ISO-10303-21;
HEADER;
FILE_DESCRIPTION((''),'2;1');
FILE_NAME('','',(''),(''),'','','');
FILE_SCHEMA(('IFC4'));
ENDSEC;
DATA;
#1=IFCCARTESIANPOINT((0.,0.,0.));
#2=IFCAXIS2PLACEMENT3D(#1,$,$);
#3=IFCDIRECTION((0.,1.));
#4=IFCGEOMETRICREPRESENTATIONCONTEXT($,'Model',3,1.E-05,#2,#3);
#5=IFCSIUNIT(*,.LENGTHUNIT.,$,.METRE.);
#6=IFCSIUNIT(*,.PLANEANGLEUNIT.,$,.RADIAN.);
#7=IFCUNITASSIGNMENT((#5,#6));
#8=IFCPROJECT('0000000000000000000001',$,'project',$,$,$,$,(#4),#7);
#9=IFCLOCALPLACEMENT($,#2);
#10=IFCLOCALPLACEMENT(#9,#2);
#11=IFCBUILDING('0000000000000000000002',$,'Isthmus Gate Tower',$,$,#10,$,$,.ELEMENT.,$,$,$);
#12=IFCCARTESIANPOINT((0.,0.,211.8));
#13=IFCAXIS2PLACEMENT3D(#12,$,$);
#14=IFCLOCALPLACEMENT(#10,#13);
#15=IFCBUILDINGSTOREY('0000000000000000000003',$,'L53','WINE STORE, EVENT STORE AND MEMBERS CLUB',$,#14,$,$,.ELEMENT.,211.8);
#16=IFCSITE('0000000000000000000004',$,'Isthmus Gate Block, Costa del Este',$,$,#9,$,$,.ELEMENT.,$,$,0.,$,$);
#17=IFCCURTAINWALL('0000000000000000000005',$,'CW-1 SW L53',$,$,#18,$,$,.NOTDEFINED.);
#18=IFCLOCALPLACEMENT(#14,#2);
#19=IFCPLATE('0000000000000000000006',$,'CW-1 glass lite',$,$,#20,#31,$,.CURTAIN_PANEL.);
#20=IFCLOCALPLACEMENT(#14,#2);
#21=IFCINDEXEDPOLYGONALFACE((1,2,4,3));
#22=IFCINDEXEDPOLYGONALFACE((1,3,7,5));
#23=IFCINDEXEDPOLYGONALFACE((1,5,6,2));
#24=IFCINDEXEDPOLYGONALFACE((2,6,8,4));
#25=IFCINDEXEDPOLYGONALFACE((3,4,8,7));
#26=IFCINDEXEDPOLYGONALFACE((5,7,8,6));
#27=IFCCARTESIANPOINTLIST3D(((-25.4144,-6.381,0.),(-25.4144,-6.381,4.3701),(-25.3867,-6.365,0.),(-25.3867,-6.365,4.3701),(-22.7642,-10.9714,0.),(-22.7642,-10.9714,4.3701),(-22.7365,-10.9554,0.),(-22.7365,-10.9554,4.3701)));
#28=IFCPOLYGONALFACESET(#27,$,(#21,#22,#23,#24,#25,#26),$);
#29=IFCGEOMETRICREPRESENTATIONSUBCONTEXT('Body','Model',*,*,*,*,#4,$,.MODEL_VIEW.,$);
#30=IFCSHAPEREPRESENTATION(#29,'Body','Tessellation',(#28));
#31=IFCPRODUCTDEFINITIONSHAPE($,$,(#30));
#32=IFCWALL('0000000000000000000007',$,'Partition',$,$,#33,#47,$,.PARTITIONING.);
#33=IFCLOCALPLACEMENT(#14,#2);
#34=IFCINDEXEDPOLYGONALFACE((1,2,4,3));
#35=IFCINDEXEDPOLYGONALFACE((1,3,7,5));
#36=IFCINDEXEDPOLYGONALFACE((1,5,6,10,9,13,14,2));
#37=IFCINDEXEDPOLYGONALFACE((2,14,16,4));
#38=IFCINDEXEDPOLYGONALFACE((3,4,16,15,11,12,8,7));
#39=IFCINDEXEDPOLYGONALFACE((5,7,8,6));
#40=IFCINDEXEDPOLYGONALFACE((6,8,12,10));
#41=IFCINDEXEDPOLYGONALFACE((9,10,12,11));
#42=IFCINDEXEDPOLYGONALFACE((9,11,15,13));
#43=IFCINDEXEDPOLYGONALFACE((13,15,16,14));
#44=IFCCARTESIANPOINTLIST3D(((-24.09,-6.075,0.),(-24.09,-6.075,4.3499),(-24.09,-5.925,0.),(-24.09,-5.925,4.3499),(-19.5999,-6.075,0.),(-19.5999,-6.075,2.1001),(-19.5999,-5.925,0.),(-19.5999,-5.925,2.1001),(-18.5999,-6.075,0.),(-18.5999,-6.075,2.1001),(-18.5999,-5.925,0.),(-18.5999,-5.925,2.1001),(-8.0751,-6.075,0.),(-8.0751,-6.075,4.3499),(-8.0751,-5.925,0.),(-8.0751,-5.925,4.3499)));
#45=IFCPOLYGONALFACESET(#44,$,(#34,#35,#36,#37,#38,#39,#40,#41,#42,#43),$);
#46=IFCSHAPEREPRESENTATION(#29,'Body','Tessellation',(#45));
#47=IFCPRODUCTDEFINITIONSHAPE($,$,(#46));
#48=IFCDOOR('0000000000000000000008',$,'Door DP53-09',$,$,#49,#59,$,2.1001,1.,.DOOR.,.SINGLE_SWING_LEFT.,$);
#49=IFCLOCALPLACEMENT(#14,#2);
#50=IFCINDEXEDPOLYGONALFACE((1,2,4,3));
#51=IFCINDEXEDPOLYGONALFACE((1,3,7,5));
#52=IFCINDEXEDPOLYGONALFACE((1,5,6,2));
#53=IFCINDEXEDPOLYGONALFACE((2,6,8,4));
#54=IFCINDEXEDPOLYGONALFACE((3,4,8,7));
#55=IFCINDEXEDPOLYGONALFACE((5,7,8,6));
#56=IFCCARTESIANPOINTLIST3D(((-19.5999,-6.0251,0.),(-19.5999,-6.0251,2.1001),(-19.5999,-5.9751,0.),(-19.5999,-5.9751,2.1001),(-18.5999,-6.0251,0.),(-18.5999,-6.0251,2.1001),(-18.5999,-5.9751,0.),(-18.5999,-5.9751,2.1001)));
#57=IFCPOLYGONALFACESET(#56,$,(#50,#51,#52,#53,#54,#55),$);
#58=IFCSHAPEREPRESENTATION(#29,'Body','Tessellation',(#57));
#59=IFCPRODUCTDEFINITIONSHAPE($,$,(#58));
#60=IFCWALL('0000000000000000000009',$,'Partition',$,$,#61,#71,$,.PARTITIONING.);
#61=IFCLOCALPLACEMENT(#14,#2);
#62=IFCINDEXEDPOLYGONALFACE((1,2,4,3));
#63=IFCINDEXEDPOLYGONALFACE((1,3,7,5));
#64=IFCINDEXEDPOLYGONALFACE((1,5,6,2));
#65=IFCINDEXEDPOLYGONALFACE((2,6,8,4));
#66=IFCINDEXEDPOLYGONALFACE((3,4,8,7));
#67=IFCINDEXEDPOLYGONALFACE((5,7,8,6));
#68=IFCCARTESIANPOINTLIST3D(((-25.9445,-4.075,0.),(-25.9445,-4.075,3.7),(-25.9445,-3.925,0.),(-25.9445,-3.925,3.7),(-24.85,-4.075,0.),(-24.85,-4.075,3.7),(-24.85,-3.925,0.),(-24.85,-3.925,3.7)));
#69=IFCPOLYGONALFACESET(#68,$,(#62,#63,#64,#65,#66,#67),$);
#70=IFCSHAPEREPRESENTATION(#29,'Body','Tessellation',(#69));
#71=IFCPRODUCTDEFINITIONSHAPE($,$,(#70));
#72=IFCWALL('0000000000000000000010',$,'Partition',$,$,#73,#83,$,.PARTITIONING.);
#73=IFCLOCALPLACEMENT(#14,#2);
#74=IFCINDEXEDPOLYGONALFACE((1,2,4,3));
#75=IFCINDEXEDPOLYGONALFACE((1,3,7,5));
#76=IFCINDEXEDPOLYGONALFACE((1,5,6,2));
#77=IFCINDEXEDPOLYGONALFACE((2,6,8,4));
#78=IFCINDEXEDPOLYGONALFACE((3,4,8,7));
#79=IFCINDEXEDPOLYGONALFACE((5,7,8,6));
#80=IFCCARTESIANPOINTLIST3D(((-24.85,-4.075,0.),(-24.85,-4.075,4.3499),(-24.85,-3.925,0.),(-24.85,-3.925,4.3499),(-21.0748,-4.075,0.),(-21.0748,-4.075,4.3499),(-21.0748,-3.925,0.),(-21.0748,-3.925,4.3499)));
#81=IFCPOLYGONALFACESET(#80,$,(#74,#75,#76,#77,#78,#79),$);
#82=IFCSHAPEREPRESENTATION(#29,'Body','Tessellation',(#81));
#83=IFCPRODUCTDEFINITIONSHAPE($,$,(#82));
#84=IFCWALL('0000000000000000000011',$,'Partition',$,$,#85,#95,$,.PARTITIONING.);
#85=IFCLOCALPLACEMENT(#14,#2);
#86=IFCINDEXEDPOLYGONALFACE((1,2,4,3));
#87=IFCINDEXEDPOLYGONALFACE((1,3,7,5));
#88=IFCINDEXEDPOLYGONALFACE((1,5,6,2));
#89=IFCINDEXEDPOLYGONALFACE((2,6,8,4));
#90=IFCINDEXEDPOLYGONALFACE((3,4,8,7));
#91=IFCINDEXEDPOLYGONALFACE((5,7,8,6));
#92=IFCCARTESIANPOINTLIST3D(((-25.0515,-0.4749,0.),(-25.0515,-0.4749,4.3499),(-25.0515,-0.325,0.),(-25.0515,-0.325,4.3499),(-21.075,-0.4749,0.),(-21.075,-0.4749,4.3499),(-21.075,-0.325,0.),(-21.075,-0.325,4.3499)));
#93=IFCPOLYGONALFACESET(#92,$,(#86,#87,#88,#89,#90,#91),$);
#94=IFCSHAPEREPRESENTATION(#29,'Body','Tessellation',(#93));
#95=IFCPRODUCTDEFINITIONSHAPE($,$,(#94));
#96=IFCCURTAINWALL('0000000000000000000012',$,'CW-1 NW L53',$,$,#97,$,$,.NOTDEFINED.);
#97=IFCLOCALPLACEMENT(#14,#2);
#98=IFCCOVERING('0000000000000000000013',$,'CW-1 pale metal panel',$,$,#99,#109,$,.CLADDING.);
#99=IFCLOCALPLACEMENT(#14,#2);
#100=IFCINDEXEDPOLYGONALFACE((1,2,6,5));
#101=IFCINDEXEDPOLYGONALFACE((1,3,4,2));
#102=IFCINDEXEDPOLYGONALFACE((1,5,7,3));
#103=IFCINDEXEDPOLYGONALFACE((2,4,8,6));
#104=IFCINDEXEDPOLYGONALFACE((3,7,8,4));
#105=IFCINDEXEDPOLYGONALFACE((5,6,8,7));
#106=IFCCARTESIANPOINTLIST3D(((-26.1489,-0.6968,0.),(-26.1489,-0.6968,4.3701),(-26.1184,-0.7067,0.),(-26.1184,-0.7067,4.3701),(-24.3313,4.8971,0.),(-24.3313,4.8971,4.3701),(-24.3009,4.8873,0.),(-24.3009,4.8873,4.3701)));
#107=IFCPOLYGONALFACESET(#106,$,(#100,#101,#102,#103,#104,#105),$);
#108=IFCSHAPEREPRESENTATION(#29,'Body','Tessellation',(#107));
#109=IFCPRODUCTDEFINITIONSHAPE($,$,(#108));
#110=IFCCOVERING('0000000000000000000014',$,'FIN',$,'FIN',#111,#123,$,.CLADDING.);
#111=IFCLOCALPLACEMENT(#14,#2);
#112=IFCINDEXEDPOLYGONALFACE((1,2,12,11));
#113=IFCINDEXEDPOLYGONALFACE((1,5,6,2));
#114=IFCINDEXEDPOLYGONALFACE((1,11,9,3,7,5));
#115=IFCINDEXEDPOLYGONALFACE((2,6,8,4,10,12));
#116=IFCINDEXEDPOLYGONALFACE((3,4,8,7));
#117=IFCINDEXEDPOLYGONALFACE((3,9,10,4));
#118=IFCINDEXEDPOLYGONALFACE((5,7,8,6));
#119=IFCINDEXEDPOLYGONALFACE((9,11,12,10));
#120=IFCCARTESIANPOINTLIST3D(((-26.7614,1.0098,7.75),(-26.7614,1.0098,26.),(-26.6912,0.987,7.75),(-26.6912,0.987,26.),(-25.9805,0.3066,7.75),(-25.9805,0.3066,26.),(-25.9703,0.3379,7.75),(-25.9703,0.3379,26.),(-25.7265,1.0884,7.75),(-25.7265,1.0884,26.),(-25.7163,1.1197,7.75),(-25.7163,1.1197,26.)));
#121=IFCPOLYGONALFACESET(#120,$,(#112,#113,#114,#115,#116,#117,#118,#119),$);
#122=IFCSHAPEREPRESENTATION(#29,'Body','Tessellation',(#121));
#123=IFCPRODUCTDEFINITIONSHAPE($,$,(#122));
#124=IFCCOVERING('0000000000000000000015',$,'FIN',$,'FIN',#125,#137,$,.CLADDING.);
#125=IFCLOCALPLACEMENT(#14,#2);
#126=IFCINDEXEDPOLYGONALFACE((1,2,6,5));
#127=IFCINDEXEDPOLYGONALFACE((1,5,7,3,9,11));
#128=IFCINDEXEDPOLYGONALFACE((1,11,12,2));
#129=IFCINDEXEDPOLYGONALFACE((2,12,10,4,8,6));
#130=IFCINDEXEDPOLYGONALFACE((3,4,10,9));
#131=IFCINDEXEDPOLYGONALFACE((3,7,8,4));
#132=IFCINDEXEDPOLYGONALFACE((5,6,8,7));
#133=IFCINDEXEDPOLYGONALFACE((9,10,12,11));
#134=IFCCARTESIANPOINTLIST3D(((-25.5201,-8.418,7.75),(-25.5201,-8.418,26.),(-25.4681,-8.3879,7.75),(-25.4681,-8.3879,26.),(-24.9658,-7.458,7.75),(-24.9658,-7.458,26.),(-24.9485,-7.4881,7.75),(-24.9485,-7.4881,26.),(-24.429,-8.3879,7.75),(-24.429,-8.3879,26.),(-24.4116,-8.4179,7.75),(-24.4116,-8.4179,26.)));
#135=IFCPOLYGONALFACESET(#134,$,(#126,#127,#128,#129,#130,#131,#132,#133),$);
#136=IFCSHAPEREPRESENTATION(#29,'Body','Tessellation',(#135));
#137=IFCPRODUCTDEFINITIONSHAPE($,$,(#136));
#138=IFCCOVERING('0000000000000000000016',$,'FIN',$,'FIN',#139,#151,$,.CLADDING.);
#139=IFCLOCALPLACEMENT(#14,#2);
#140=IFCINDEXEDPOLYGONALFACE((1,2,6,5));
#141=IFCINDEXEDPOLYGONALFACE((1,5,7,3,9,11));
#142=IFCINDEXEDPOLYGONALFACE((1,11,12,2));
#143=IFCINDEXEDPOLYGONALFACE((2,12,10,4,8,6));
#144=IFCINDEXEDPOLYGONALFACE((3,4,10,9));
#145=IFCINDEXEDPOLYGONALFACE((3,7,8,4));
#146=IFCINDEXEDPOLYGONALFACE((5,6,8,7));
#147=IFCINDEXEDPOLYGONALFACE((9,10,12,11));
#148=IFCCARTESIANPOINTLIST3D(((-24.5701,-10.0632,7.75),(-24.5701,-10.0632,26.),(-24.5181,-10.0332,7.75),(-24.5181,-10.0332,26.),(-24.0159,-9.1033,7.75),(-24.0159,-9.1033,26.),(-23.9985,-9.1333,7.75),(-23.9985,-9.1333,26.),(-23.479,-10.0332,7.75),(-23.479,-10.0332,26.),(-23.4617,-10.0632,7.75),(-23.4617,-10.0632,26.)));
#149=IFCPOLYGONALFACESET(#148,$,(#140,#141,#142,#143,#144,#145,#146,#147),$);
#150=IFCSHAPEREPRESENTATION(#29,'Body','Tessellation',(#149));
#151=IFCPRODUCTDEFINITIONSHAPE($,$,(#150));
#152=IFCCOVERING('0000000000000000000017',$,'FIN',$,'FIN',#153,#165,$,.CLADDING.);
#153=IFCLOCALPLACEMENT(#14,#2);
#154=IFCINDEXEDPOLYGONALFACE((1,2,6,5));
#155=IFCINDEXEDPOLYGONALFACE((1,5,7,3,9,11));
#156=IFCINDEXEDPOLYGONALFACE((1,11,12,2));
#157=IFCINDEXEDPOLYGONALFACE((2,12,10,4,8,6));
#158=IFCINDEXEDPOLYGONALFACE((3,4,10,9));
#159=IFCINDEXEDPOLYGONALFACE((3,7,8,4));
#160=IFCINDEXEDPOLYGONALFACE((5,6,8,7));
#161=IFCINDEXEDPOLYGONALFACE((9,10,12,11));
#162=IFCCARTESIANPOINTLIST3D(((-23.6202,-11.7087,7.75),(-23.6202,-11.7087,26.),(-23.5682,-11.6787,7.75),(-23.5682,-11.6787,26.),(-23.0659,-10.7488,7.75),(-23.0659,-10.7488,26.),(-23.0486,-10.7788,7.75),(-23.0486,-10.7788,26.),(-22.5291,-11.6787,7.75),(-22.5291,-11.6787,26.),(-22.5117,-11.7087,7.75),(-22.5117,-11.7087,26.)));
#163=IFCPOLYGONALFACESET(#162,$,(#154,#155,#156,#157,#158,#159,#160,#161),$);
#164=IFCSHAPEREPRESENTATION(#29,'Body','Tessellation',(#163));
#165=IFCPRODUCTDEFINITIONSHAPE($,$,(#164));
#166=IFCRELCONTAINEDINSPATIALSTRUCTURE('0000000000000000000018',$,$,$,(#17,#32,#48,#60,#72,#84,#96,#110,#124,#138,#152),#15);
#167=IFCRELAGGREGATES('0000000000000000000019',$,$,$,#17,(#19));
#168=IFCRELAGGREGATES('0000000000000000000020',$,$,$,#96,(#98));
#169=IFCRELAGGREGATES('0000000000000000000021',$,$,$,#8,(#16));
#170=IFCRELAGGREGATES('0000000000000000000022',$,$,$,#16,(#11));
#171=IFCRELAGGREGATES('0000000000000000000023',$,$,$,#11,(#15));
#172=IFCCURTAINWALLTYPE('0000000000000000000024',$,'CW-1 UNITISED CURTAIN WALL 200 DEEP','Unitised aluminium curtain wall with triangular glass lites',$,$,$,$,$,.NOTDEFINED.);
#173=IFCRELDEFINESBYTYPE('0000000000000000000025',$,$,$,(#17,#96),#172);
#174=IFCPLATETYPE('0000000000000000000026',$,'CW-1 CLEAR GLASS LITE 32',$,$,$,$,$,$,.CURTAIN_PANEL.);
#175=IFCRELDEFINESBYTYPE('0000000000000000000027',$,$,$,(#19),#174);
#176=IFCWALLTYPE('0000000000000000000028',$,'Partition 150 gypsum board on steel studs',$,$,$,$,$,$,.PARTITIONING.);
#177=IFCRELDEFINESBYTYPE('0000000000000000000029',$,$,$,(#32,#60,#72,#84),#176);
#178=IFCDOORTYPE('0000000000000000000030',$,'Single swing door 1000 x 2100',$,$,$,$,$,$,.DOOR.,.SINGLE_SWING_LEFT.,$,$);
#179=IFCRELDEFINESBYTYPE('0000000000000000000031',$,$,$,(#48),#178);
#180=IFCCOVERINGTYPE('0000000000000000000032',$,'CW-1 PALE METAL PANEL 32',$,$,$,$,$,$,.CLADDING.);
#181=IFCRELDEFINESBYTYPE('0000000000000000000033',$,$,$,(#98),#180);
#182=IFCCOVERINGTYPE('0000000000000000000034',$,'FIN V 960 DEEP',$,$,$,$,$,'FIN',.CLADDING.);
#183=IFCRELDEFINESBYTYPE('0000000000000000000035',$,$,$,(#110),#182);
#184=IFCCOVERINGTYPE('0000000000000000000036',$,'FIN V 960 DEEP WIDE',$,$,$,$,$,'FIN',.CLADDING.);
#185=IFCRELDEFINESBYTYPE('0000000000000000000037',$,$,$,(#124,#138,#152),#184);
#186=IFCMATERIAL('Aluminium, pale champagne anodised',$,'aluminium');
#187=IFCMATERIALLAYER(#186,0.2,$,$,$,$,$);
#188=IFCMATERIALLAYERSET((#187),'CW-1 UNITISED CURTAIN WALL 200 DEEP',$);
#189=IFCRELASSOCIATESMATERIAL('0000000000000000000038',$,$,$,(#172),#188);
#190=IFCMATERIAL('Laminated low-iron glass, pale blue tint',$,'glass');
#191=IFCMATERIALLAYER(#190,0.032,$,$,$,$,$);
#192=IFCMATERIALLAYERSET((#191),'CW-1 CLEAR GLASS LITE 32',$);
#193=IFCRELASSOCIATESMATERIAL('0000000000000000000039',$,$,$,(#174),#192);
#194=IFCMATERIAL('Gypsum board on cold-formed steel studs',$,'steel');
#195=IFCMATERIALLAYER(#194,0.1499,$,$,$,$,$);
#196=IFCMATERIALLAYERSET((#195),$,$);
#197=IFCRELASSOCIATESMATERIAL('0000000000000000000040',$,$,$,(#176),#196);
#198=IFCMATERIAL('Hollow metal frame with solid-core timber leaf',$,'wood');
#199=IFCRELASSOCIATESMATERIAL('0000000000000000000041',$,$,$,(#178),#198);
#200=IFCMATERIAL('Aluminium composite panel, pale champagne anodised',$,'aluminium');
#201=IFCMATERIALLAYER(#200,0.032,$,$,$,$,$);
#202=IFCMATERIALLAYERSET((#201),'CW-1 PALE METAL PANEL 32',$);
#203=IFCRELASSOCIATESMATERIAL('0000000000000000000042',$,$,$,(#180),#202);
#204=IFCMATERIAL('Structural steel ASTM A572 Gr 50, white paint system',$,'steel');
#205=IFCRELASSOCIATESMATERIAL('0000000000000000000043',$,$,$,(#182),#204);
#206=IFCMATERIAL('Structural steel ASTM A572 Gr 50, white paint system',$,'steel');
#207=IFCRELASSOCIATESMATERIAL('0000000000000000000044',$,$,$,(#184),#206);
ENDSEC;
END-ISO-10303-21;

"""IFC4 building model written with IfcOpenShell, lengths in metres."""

from ifc_helpers import new_model, si_unit, direction, frame, frame_2d, origin, origin_2d, place, context, subcontext, project, spatial, polyline, rectangle, outline, extrude, material, layer, layer_set, material_profile, profile_set, type_object, element, fill, aggregate, save


model = new_model("IFC4")

# Units and contexts
model_context = context("Model", 3, precision=1e-05, world=origin(), true_north=direction((0.0, 1.0)))
body_context = subcontext(model_context, "Body", "Model", "MODEL_VIEW")
ifc_project = project(units=[si_unit("LENGTHUNIT", "METRE"), si_unit("PLANEANGLEUNIT", "RADIAN")], contexts=[model_context])

# Site, building, storey
site_placement = place(None, origin())
site = spatial("IfcSite", under=ifc_project, at=site_placement, Name="Isthmus Gate Block, Costa del Este", CompositionType="ELEMENT", RefElevation=0.0)
building_placement = place(site_placement, origin())
building = spatial("IfcBuilding", under=site, at=building_placement, Name="Isthmus Gate Tower", CompositionType="ELEMENT")
storey_placement = place(building_placement, frame((0.0, 0.0, 211.8)))
storey = spatial("IfcBuildingStorey", under=building, at=storey_placement, Name="L53", Description="WINE STORE, EVENT STORE AND MEMBERS CLUB", CompositionType="ELEMENT", Elevation=211.8)

# Curtain wall
ifc_material_1 = material(Name="Aluminium, pale champagne anodised", Category="aluminium")
ifc_layer_1 = layer(ifc_material_1, 0.2)
ifc_layer_set_1 = layer_set([ifc_layer_1], Name="CW-1 UNITISED CURTAIN WALL 200 DEEP")
curtain_wall_type = type_object("IfcCurtainWallType", Name="CW-1 UNITISED CURTAIN WALL 200 DEEP", Description="Unitised aluminium curtain wall with triangular glass lites", PredefinedType="NOTDEFINED", material=ifc_layer_set_1)
curtain_wall_1_placement = place(storey_placement, origin())
curtain_wall_1 = element("IfcCurtainWall", 1, at=curtain_wall_1_placement, inside=storey, type_object=curtain_wall_type, Name="CW-1 SW L53", PredefinedType="NOTDEFINED")

# Plate
ifc_material_2 = material(Name="Laminated low-iron glass, pale blue tint", Category="glass")
ifc_layer_2 = layer(ifc_material_2, 0.032)
ifc_layer_set_2 = layer_set([ifc_layer_2], Name="CW-1 CLEAR GLASS LITE 32")
plate_type = type_object("IfcPlateType", Name="CW-1 CLEAR GLASS LITE 32", PredefinedType="CURTAIN_PANEL", material=ifc_layer_set_2)
plate_1_placement = place(storey_placement, frame((-24.0754, -8.6682, 0.0), z_axis=(0.0, 0.0, 1.0), x_axis=(0.5, -0.866025, 0.0)))
plate_1 = element("IfcPlate", 2, at=plate_1_placement, type_object=plate_type, Name="CW-1 glass lite", PredefinedType="CURTAIN_PANEL", context=body_context, shape_type="SweptSolid", body=[
    extrude(rectangle(XDim=5.3005, YDim=0.032, at=origin_2d()), origin(), (0.0, 0.0, 1.0), 4.3701),
])
aggregate(curtain_wall_1, [plate_1])

# Wall, opening, door
ifc_material_3 = material(Name="Gypsum board on cold-formed steel studs", Category="steel")
ifc_layer_3 = layer(ifc_material_3, 0.1499)
ifc_layer_set_3 = layer_set([ifc_layer_3])
wall_type = type_object("IfcWallType", Name="Partition 150 gypsum board on steel studs", PredefinedType="PARTITIONING", material=ifc_layer_set_3)
wall_1_placement = place(storey_placement, frame((-24.0898, -6.0, 0.0), z_axis=(0.0, 0.0, 1.0), x_axis=(1.0, 0.0, 0.0)))
wall_1 = element("IfcWall", 3, at=wall_1_placement, inside=storey, type_object=wall_type, Name="Partition", PredefinedType="PARTITIONING", context=body_context, shape_type="SweptSolid", body=[
    extrude(rectangle(XDim=16.0149, YDim=0.1499, at=frame_2d((8.0073, 0.0))), origin(), (0.0, 0.0, 1.0), 4.3499),
])
opening_placement = place(wall_1_placement, frame((4.49, 0.0, 0.0)))
opening = element("IfcOpeningElement", 4, at=opening_placement, cuts=wall_1, PredefinedType="OPENING", context=body_context, shape_type="SweptSolid", body=[
    extrude(rectangle(XDim=1.0, YDim=2.1001, at=frame_2d((0.5, 1.05))), frame((0.0, 0.085, 0.0), z_axis=(0.0, -1.0, 0.0), x_axis=(1.0, 0.0, 0.0)), (0.0, 0.0, 1.0), 0.1699),
])
ifc_material_4 = material(Name="Hollow metal frame with solid-core timber leaf", Category="wood")
door_type = type_object("IfcDoorType", Name="Single swing door 1000 x 2100", OperationType="SINGLE_SWING_LEFT", PredefinedType="DOOR", material=ifc_material_4)
door_placement = place(opening_placement, origin())
door = element("IfcDoor", 5, at=door_placement, inside=storey, type_object=door_type, Name="Door DP53-09", OperationType="SINGLE_SWING_LEFT", OverallHeight=2.1001, OverallWidth=1.0, PredefinedType="DOOR", context=body_context, shape_type="SweptSolid", body=[
    extrude(rectangle(XDim=1.0, YDim=2.1001, at=frame_2d((0.5, 1.05))), frame((0.0, 0.0249, 0.0), z_axis=(0.0, -1.0, 0.0), x_axis=(1.0, 0.0, 0.0)), (0.0, 0.0, 1.0), 0.05),
])
fill(opening, door)

# Walls
wall_2_placement = place(storey_placement, frame((-25.9446, -4.0, 0.0), z_axis=(0.0, 0.0, 1.0), x_axis=(1.0, 0.0, 0.0)))
element("IfcWall", 6, at=wall_2_placement, inside=storey, type_object=wall_type, Name="Partition", PredefinedType="PARTITIONING", context=body_context, shape_type="SweptSolid", body=[
    extrude(rectangle(XDim=1.0945, YDim=0.1499, at=frame_2d((0.5474, 0.0))), origin(), (0.0, 0.0, 1.0), 3.7),
])
wall_3_placement = place(storey_placement, frame((-24.8501, -4.0, 0.0), z_axis=(0.0, 0.0, 1.0), x_axis=(1.0, 0.0, 0.0)))
element("IfcWall", 7, at=wall_3_placement, inside=storey, type_object=wall_type, Name="Partition", PredefinedType="PARTITIONING", context=body_context, shape_type="SweptSolid", body=[
    extrude(rectangle(XDim=3.7751, YDim=0.1499, at=frame_2d((1.8877, 0.0))), origin(), (0.0, 0.0, 1.0), 4.3499),
])
wall_4_placement = place(storey_placement, frame((-25.0515, -0.3999, 0.0), z_axis=(0.0, 0.0, 1.0), x_axis=(1.0, 0.0, 0.0)))
element("IfcWall", 8, at=wall_4_placement, inside=storey, type_object=wall_type, Name="Partition", PredefinedType="PARTITIONING", context=body_context, shape_type="SweptSolid", body=[
    extrude(rectangle(XDim=3.9766, YDim=0.1499, at=frame_2d((1.9883, 0.0))), origin(), (0.0, 0.0, 1.0), 4.3499),
])

# Curtain wall, covering
curtain_wall_2_placement = place(storey_placement, origin())
curtain_wall_2 = element("IfcCurtainWall", 9, at=curtain_wall_2_placement, inside=storey, type_object=curtain_wall_type, Name="CW-1 NW L53", PredefinedType="NOTDEFINED")
ifc_material_5 = material(Name="Aluminium composite panel, pale champagne anodised", Category="aluminium")
ifc_layer_4 = layer(ifc_material_5, 0.032)
ifc_layer_set_4 = layer_set([ifc_layer_4], Name="CW-1 PALE METAL PANEL 32")
covering_type_1 = type_object("IfcCoveringType", Name="CW-1 PALE METAL PANEL 32", PredefinedType="CLADDING", material=ifc_layer_set_4)
covering_placement = place(storey_placement, frame((-25.2249, 2.0952, 0.0), z_axis=(0.0, 0.0, 1.0), x_axis=(-0.309017, -0.951057, 0.0)))
covering = element("IfcCovering", 10, at=covering_placement, type_object=covering_type_1, Name="CW-1 pale metal panel", PredefinedType="CLADDING", context=body_context, shape_type="SweptSolid", body=[
    extrude(rectangle(XDim=5.8818, YDim=0.032, at=origin_2d()), origin(), (0.0, 0.0, 1.0), 4.3701),
])
aggregate(curtain_wall_2, [covering])

# Coverings
ifc_material_6 = material(Name="Structural steel ASTM A572 Gr 50, white paint system", Category="steel")
ifc_material_profile_1 = material_profile(ifc_material_6, outline(polyline([(0.0, -0.4275), (0.96, 0.0), (0.0, 0.4275), (0.0, 0.3945), (0.8862, 0.0), (0.0, -0.3945), (0.0, -0.4275)])), Name="V960")
ifc_profile_set_1 = profile_set([ifc_material_profile_1], Name="Structural steel ASTM A572 Gr 50, white paint system")
covering_type_2 = type_object("IfcCoveringType", Name="FIN V 960 DEEP", ElementType="FIN", PredefinedType="CLADDING", material=ifc_profile_set_1)
for number, where, z_axis, x_axis, name in (
    (11, (-25.8484, 0.7131, 7.75), (0.0, 0.0, 1.0), (-0.951057, 0.309017, 0.0), "FIN"),
):
    element("IfcCovering", number, at=place(storey_placement, frame(where, z_axis=z_axis, x_axis=x_axis)), inside=storey, type_object=covering_type_2, Name=name, ObjectType="FIN", PredefinedType="CLADDING", context=body_context, shape_type="SweptSolid", body=[
        extrude(outline(polyline([(0.0, -0.4275), (0.96, 0.0), (0.0, 0.4275), (0.0, 0.3945), (0.8862, 0.0), (0.0, -0.3945), (0.0, -0.4275)])), origin(), (0.0, 0.0, 1.0), 18.25),
    ])
ifc_material_7 = material(Name="Structural steel ASTM A572 Gr 50, white paint system", Category="steel")
ifc_material_profile_2 = material_profile(ifc_material_7, outline(polyline([(0.0, -0.5542), (0.96, 0.0), (0.0, 0.5542), (0.0, 0.5195), (0.8999, 0.0), (0.0, -0.5195), (0.0, -0.5542)])), Name="V960W")
ifc_profile_set_2 = profile_set([ifc_material_profile_2], Name="Structural steel ASTM A572 Gr 50, white paint system")
covering_type_3 = type_object("IfcCoveringType", Name="FIN V 960 DEEP WIDE", ElementType="FIN", PredefinedType="CLADDING", material=ifc_profile_set_2)
for number, where, z_axis, x_axis, name in (
    (12, (-24.6887, -7.938, 7.75), (0.0, 0.0, 1.0), (-0.866025, -0.5, 0.0), "FIN"),
    (13, (-23.7388, -9.5833, 7.75), (0.0, 0.0, 1.0), (-0.866025, -0.5, 0.0), "FIN"),
    (14, (-22.7888, -11.2288, 7.75), (0.0, 0.0, 1.0), (-0.866025, -0.5, 0.0), "FIN"),
):
    element("IfcCovering", number, at=place(storey_placement, frame(where, z_axis=z_axis, x_axis=x_axis)), inside=storey, type_object=covering_type_3, Name=name, ObjectType="FIN", PredefinedType="CLADDING", context=body_context, shape_type="SweptSolid", body=[
        extrude(outline(polyline([(0.0, -0.5542), (0.96, 0.0), (0.0, 0.5542), (0.0, 0.5195), (0.8999, 0.0), (0.0, -0.5195), (0.0, -0.5542)])), origin(), (0.0, 0.0, 1.0), 18.25),
    ])

save(model, "model.ifc")
